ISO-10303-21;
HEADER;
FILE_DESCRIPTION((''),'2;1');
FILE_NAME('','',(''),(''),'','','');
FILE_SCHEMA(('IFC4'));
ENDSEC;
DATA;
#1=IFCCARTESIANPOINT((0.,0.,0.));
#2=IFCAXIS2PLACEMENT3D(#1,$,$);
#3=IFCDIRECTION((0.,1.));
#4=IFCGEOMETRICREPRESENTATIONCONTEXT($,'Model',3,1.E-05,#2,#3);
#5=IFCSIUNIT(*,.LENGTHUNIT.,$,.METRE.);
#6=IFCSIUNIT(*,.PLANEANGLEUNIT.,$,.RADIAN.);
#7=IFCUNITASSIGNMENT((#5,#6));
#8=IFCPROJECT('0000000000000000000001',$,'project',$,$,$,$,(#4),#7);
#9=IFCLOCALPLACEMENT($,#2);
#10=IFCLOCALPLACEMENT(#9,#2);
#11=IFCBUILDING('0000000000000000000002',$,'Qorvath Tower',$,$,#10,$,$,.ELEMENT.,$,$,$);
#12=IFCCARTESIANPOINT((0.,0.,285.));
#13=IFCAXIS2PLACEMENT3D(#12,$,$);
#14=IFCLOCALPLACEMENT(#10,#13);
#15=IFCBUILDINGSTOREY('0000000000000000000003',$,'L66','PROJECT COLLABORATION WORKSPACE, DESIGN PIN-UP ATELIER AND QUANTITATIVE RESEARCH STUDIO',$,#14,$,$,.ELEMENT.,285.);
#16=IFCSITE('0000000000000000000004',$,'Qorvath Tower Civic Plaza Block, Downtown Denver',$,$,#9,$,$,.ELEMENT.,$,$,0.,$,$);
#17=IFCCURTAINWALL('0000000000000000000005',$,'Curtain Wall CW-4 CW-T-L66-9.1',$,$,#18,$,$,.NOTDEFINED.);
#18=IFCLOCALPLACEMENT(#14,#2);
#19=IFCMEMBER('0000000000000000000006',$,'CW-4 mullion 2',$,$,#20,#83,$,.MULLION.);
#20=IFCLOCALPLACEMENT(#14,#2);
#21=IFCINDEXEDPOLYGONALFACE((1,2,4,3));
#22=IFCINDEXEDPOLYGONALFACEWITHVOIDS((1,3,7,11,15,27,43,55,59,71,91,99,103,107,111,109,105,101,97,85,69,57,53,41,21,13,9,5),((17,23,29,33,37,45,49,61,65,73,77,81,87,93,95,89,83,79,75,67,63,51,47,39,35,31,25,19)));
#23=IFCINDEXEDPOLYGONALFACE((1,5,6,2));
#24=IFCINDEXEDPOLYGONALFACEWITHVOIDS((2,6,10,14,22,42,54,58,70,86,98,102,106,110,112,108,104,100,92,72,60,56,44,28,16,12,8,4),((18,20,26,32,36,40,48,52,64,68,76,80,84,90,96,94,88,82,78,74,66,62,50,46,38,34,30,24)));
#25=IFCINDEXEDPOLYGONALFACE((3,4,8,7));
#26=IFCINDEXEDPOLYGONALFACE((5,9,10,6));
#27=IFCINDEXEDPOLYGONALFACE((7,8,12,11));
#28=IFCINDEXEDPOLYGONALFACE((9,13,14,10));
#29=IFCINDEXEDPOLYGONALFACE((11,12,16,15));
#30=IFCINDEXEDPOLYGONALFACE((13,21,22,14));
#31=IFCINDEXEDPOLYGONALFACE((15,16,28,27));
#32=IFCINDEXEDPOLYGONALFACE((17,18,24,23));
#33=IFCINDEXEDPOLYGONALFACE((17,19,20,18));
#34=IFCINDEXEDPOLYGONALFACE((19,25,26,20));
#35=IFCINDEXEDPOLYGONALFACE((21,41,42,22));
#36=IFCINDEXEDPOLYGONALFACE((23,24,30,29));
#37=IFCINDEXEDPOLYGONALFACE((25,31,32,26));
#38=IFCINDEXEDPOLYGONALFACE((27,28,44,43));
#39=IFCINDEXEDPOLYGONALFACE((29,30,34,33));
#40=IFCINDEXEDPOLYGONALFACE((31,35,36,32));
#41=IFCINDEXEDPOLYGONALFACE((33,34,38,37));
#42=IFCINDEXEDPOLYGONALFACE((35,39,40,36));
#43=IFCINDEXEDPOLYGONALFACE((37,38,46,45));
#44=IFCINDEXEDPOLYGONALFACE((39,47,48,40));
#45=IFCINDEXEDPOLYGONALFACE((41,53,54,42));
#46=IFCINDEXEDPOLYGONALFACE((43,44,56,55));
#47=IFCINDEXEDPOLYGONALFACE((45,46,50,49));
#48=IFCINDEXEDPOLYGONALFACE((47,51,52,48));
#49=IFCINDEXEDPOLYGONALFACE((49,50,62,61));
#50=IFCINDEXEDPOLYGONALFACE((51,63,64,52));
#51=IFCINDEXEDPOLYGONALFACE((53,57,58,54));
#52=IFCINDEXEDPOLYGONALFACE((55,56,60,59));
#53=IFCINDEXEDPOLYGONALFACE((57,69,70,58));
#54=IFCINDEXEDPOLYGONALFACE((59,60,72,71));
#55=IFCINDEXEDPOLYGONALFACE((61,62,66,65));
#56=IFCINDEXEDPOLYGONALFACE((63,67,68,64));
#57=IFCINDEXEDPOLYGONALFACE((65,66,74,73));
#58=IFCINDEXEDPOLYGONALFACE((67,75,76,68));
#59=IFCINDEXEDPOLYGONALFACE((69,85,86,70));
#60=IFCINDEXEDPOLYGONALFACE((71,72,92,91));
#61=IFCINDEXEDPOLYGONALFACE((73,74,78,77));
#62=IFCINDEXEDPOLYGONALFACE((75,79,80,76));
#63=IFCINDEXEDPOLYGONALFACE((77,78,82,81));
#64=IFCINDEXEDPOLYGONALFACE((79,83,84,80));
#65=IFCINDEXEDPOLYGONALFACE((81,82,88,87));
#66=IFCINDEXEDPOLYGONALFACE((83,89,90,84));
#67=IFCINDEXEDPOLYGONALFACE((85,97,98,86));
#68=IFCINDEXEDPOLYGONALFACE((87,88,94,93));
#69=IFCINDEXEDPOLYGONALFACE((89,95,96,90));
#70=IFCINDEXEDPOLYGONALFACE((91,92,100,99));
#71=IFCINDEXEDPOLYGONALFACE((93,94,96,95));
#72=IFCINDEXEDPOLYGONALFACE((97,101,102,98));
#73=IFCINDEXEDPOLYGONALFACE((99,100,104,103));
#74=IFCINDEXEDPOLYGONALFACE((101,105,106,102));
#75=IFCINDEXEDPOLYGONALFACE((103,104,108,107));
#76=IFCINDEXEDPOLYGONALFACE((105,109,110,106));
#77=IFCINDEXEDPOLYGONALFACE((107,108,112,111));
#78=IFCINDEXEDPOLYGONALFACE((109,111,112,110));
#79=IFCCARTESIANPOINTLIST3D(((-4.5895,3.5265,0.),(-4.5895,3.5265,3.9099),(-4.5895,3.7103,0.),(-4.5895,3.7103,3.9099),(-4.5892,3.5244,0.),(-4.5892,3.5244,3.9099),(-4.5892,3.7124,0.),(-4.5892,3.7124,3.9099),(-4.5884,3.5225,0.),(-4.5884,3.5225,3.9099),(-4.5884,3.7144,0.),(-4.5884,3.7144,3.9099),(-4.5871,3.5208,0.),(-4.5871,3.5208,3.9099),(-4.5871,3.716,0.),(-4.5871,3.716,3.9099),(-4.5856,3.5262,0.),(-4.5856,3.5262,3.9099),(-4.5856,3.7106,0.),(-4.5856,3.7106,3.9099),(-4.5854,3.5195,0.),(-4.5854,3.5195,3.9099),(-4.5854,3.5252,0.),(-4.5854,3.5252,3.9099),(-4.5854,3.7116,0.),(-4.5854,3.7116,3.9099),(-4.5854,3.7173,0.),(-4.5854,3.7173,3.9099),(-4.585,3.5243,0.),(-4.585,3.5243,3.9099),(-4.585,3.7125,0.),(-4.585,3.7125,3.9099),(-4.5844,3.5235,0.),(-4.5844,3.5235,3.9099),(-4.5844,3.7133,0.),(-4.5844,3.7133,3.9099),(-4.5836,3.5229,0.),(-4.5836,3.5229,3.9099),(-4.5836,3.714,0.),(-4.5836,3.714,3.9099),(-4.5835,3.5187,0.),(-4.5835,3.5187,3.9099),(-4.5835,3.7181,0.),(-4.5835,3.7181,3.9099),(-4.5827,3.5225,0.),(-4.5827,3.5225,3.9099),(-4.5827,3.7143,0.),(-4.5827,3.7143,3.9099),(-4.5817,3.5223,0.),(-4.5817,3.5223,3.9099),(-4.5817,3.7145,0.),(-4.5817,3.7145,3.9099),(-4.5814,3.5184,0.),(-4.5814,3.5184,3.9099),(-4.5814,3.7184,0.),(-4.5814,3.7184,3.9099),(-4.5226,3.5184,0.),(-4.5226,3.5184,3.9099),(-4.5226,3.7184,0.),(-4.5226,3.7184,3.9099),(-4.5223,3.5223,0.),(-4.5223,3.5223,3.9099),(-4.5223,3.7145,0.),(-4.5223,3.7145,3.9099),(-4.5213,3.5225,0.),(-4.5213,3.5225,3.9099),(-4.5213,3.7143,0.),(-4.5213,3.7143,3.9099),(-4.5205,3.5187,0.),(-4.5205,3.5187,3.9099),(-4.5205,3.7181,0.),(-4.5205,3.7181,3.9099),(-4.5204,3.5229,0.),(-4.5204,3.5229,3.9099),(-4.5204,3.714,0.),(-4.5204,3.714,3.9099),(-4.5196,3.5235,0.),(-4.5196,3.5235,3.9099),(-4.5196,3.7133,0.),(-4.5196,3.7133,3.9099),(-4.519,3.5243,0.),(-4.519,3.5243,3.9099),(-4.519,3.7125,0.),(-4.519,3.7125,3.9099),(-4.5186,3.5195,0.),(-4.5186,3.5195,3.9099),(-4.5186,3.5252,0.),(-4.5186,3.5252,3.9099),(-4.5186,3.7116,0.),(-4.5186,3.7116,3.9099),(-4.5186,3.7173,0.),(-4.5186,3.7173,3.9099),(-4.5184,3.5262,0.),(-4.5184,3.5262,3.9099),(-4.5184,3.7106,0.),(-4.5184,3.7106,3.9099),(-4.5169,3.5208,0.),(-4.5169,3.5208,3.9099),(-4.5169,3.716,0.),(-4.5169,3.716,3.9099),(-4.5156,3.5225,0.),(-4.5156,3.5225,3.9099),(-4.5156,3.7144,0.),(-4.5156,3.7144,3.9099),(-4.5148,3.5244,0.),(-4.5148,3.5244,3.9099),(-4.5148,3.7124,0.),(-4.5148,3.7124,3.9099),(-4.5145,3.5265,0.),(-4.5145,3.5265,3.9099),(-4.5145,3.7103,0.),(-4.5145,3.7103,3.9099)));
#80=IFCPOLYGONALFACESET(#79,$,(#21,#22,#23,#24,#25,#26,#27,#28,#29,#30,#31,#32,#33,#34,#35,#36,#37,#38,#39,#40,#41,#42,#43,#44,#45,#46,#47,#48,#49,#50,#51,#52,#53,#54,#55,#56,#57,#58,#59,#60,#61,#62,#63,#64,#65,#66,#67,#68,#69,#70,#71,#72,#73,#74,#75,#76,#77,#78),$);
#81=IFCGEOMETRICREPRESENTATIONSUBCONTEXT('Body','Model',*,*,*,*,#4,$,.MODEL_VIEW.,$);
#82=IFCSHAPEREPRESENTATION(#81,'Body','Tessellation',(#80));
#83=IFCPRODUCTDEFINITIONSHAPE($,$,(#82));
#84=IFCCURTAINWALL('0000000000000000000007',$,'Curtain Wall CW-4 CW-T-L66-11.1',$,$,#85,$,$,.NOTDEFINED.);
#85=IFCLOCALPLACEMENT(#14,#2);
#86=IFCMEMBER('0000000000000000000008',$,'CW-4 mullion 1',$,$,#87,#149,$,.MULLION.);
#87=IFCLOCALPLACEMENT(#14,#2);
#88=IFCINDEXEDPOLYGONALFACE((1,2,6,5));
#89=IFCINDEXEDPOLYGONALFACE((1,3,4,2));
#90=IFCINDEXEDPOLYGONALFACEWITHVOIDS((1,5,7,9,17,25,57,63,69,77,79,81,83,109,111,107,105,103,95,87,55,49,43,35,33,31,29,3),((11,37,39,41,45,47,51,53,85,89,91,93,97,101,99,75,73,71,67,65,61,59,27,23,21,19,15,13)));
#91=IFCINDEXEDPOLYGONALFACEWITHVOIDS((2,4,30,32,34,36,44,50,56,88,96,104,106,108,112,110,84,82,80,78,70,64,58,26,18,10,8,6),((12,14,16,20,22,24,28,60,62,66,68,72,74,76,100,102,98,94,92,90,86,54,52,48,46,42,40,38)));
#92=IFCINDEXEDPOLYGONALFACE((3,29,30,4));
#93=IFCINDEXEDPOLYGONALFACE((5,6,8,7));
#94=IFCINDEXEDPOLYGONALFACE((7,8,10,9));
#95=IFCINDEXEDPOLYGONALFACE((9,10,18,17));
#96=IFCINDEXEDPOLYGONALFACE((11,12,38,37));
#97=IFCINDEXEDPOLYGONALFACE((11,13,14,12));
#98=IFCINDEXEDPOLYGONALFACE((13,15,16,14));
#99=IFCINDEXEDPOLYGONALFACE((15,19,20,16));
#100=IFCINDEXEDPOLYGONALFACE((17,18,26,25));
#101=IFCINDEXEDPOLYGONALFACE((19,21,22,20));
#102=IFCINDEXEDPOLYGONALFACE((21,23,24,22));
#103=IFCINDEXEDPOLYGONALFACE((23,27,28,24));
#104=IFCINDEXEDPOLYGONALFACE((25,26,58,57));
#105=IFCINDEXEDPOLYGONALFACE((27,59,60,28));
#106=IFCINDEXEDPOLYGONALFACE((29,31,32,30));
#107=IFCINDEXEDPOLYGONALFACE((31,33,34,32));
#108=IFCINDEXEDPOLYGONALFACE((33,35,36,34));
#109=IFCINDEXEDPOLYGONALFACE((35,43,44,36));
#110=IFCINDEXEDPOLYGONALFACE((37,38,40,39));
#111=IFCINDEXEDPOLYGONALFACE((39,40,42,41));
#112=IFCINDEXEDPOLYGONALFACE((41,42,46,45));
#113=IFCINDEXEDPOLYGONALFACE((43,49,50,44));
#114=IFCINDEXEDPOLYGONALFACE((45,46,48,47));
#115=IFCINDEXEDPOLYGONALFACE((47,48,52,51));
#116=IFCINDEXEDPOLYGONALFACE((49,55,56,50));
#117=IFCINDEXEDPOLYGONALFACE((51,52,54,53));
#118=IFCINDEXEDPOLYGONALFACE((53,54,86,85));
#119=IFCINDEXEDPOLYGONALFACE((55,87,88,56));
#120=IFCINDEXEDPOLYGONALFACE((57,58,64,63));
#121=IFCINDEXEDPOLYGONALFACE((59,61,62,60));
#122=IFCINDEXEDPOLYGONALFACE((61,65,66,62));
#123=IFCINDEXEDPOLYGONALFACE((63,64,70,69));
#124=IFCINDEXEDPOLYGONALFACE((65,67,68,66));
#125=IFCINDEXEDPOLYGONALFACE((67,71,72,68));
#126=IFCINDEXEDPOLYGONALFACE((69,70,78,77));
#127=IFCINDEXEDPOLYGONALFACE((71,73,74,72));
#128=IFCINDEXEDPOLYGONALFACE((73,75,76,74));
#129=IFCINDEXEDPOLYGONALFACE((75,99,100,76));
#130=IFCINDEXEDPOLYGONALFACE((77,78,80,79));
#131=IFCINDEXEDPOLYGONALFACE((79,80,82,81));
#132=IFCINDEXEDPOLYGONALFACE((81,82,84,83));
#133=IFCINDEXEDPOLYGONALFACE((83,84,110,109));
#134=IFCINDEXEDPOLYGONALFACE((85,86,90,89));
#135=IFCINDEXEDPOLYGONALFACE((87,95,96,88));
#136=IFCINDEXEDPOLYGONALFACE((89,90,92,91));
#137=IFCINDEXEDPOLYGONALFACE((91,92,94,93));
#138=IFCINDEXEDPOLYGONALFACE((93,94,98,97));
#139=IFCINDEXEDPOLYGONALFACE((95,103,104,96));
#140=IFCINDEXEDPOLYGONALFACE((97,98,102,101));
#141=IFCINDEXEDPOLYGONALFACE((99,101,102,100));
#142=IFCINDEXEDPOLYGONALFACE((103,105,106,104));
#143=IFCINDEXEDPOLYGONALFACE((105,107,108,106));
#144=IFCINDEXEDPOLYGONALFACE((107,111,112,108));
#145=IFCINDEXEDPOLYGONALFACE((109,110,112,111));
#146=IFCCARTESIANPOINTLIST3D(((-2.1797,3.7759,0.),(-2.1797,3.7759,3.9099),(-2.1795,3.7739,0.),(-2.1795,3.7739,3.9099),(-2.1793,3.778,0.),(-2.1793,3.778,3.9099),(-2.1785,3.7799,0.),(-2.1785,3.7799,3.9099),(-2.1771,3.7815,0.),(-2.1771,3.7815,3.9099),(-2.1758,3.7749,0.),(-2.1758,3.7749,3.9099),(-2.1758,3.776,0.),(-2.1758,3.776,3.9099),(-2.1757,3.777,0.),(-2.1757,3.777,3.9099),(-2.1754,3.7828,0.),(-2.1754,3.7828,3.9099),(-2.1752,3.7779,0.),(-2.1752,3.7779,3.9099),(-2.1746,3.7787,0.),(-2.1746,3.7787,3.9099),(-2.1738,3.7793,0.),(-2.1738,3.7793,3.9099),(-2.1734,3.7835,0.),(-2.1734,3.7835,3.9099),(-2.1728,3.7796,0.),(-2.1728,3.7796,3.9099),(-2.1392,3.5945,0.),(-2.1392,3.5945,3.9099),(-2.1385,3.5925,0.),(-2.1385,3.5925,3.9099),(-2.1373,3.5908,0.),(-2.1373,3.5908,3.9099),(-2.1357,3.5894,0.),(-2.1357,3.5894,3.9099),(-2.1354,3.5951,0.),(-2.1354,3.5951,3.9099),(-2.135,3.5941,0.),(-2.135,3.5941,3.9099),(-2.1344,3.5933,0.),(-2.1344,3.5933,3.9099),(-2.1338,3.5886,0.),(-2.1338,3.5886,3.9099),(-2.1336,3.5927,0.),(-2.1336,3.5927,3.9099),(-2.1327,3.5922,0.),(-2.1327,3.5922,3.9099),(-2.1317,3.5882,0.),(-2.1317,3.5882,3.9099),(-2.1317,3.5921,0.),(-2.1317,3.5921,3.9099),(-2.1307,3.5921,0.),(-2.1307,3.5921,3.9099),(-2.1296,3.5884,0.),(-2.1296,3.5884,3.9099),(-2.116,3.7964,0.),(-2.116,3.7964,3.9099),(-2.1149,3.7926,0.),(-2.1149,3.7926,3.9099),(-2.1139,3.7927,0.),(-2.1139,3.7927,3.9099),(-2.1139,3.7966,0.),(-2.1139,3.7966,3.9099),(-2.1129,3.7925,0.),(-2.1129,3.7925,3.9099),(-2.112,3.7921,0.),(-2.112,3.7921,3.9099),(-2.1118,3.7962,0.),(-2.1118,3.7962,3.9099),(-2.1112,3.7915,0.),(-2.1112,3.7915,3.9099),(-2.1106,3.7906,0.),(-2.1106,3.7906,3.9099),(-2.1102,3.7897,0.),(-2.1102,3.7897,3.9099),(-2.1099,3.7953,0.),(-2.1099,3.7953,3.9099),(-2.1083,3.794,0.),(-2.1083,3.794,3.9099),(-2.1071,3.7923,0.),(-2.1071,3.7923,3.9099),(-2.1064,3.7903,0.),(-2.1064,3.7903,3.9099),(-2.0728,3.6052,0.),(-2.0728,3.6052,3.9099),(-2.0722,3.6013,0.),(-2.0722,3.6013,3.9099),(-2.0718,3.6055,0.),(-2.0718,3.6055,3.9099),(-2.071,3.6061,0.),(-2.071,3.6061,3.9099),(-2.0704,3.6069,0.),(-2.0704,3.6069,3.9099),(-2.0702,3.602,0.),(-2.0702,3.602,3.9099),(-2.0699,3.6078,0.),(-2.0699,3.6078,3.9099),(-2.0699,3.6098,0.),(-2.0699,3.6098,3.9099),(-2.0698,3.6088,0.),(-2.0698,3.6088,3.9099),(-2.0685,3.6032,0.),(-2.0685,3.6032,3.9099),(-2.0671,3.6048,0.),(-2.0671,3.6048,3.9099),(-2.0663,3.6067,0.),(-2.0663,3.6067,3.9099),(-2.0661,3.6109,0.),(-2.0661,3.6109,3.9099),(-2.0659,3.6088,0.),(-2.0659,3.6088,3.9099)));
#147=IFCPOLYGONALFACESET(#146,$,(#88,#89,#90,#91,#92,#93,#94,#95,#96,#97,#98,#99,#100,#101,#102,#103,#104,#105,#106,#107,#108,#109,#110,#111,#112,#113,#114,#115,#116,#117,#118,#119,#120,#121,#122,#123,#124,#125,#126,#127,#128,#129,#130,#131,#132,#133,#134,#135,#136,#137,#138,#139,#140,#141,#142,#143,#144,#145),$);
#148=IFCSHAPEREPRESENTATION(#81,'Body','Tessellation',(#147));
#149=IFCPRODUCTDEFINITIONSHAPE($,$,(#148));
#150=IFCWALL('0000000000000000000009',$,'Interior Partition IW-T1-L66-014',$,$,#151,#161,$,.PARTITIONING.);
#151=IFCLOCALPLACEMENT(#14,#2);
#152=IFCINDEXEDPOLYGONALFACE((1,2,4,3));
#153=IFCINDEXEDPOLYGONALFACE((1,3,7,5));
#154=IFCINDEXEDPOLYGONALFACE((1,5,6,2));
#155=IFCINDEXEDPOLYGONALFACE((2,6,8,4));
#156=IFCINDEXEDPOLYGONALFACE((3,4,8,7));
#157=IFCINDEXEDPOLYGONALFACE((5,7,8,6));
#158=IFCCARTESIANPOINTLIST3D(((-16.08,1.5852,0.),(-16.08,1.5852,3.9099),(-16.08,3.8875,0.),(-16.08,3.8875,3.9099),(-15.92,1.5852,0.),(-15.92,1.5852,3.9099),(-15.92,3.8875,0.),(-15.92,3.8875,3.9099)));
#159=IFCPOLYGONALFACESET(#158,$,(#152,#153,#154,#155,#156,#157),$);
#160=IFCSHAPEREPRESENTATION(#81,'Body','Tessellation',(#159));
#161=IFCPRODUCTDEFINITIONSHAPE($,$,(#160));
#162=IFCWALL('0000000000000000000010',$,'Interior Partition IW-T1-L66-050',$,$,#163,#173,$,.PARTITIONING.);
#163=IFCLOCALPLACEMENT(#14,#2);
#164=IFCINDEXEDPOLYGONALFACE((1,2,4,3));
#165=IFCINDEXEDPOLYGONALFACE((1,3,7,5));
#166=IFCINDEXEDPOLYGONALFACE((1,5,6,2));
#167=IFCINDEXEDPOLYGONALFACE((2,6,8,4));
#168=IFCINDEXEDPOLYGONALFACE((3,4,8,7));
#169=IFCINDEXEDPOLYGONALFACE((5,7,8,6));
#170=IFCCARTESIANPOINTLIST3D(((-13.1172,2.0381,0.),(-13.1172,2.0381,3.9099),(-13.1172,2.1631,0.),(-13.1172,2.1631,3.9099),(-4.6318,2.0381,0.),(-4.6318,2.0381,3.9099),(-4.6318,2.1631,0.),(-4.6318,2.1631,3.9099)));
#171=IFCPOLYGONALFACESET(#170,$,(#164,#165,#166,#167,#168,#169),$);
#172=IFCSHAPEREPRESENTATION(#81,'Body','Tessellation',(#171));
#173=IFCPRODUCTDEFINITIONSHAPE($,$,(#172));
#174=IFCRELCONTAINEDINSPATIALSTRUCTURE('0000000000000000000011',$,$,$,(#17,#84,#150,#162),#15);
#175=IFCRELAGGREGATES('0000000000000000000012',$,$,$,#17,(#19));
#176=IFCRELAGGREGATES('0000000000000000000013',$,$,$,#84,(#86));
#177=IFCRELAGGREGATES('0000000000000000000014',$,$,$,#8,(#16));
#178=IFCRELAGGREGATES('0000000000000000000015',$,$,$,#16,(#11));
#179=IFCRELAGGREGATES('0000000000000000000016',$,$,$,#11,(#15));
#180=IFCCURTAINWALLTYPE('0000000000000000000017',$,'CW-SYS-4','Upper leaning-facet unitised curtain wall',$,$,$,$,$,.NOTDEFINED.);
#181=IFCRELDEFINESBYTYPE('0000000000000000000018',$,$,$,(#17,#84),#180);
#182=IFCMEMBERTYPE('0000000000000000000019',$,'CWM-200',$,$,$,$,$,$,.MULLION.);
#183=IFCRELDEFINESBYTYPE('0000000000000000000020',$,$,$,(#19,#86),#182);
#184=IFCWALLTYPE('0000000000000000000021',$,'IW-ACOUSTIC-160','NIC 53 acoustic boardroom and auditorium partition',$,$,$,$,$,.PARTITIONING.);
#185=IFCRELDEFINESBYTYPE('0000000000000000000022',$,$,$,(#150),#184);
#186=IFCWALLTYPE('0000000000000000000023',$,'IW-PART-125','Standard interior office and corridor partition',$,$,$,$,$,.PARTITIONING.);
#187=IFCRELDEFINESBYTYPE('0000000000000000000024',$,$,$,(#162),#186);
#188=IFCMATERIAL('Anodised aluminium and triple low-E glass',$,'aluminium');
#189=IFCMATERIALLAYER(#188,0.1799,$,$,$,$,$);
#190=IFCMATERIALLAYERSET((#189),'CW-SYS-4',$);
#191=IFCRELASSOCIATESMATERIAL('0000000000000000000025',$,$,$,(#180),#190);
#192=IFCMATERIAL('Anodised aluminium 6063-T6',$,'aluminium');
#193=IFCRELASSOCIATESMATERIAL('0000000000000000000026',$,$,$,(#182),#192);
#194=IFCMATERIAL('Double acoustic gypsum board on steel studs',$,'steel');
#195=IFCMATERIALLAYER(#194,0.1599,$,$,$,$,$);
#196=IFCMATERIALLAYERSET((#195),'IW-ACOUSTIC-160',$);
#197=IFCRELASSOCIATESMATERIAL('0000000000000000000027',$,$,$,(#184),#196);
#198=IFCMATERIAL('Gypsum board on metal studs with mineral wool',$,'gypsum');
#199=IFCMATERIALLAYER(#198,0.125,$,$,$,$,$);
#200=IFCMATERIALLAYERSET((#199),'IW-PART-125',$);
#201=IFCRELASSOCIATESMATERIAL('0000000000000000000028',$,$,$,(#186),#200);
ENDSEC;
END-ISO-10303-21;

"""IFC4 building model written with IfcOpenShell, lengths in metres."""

from ifc_helpers import new_model, si_unit, direction, frame, frame_2d, origin, origin_2d, place, context, subcontext, project, spatial, rectangle, hollow_rectangle, extrude, material, layer, layer_set, material_profile, profile_set, type_object, element, aggregate, save


model = new_model("IFC4")

# Units and contexts
model_context = context("Model", 3, precision=1e-05, world=origin(), true_north=direction((0.0, 1.0)))
body_context = subcontext(model_context, "Body", "Model", "MODEL_VIEW")
ifc_project = project(units=[si_unit("LENGTHUNIT", "METRE"), si_unit("PLANEANGLEUNIT", "RADIAN")], contexts=[model_context])

# Site, building, storey
site_placement = place(None, origin())
site = spatial("IfcSite", under=ifc_project, at=site_placement, Name="Qorvath Tower Civic Plaza Block, Downtown Denver", CompositionType="ELEMENT", RefElevation=0.0)
building_placement = place(site_placement, origin())
building = spatial("IfcBuilding", under=site, at=building_placement, Name="Qorvath Tower", CompositionType="ELEMENT")
storey_placement = place(building_placement, frame((0.0, 0.0, 285.0)))
storey = spatial("IfcBuildingStorey", under=building, at=storey_placement, Name="L66", Description="PROJECT COLLABORATION WORKSPACE, DESIGN PIN-UP ATELIER AND QUANTITATIVE RESEARCH STUDIO", CompositionType="ELEMENT", Elevation=285.0)

# Curtain walls, members
ifc_material_1 = material(Name="Anodised aluminium and triple low-E glass", Category="aluminium")
ifc_layer_1 = layer(ifc_material_1, 0.1799)
ifc_layer_set_1 = layer_set([ifc_layer_1], Name="CW-SYS-4")
curtain_wall_type = type_object("IfcCurtainWallType", Name="CW-SYS-4", Description="Upper leaning-facet unitised curtain wall", PredefinedType="NOTDEFINED", material=ifc_layer_set_1)
curtain_wall_1_placement = place(storey_placement, origin())
curtain_wall_1 = element("IfcCurtainWall", 1, at=curtain_wall_1_placement, inside=storey, type_object=curtain_wall_type, Name="Curtain Wall CW-4 CW-T-L66-9.1", PredefinedType="NOTDEFINED")
ifc_material_2 = material(Name="Anodised aluminium 6063-T6", Category="aluminium")
ifc_material_profile = material_profile(ifc_material_2, hollow_rectangle(XDim=0.075, YDim=0.2, WallThickness=0.0039, InnerFilletRadius=0.0039, OuterFilletRadius=0.0081, at=origin_2d()), Name="CWM 200x75")
ifc_profile_set = profile_set([ifc_material_profile], Name="Anodised aluminium 6063-T6")
member_type = type_object("IfcMemberType", Name="CWM-200", PredefinedType="MULLION", material=ifc_profile_set)
member_1_placement = place(storey_placement, frame((-4.552, 3.6184, 0.0), z_axis=(0.0, 0.0, 1.0), x_axis=(-1.0, 0.0, 0.0)))
member_1 = element("IfcMember", 2, at=member_1_placement, type_object=member_type, Name="CW-4 mullion 2", PredefinedType="MULLION", context=body_context, shape_type="SweptSolid", body=[
    extrude(hollow_rectangle(XDim=0.075, YDim=0.2, WallThickness=0.0039, InnerFilletRadius=0.0039, OuterFilletRadius=0.0081, at=origin_2d()), origin(), (0.0, 0.0, 1.0), 3.9099),
])
aggregate(curtain_wall_1, [member_1])
curtain_wall_2_placement = place(storey_placement, origin())
curtain_wall_2 = element("IfcCurtainWall", 3, at=curtain_wall_2_placement, inside=storey, type_object=curtain_wall_type, Name="Curtain Wall CW-4 CW-T-L66-11.1", PredefinedType="NOTDEFINED")
member_2_placement = place(storey_placement, frame((-2.1228, 3.6924, 0.0), z_axis=(0.0, 0.0, 1.0), x_axis=(-0.975687, -0.219167, 0.0)))
member_2 = element("IfcMember", 4, at=member_2_placement, type_object=member_type, Name="CW-4 mullion 1", PredefinedType="MULLION", context=body_context, shape_type="SweptSolid", body=[
    extrude(hollow_rectangle(XDim=0.075, YDim=0.2, WallThickness=0.0039, InnerFilletRadius=0.0039, OuterFilletRadius=0.0081, at=origin_2d()), origin(), (0.0, 0.0, 1.0), 3.9099),
])
aggregate(curtain_wall_2, [member_2])

# Walls
ifc_material_3 = material(Name="Double acoustic gypsum board on steel studs", Category="steel")
ifc_layer_2 = layer(ifc_material_3, 0.1599)
ifc_layer_set_2 = layer_set([ifc_layer_2], Name="IW-ACOUSTIC-160")
wall_type_1 = type_object("IfcWallType", Name="IW-ACOUSTIC-160", Description="NIC 53 acoustic boardroom and auditorium partition", PredefinedType="PARTITIONING", material=ifc_layer_set_2)
wall_1_placement = place(storey_placement, frame((-16.0, 1.5852, 0.0), z_axis=(0.0, 0.0, 1.0), x_axis=(0.0, 1.0, 0.0)))
element("IfcWall", 5, at=wall_1_placement, inside=storey, type_object=wall_type_1, Name="Interior Partition IW-T1-L66-014", PredefinedType="PARTITIONING", context=body_context, shape_type="SweptSolid", body=[
    extrude(rectangle(XDim=2.3022, YDim=0.1599, at=frame_2d((1.1511, 0.0))), origin(), (0.0, 0.0, 1.0), 3.9099),
])
ifc_material_4 = material(Name="Gypsum board on metal studs with mineral wool", Category="gypsum")
ifc_layer_3 = layer(ifc_material_4, 0.125)
ifc_layer_set_3 = layer_set([ifc_layer_3], Name="IW-PART-125")
wall_type_2 = type_object("IfcWallType", Name="IW-PART-125", Description="Standard interior office and corridor partition", PredefinedType="PARTITIONING", material=ifc_layer_set_3)
wall_2_placement = place(storey_placement, frame((-4.6318, 2.1006, 0.0), z_axis=(0.0, 0.0, 1.0), x_axis=(-1.0, 0.0, 0.0)))
element("IfcWall", 6, at=wall_2_placement, inside=storey, type_object=wall_type_2, Name="Interior Partition IW-T1-L66-050", PredefinedType="PARTITIONING", context=body_context, shape_type="SweptSolid", body=[
    extrude(rectangle(XDim=8.4854, YDim=0.125, at=frame_2d((4.2427, 0.0))), origin(), (0.0, 0.0, 1.0), 3.9099),
])

save(model, "model.ifc")
